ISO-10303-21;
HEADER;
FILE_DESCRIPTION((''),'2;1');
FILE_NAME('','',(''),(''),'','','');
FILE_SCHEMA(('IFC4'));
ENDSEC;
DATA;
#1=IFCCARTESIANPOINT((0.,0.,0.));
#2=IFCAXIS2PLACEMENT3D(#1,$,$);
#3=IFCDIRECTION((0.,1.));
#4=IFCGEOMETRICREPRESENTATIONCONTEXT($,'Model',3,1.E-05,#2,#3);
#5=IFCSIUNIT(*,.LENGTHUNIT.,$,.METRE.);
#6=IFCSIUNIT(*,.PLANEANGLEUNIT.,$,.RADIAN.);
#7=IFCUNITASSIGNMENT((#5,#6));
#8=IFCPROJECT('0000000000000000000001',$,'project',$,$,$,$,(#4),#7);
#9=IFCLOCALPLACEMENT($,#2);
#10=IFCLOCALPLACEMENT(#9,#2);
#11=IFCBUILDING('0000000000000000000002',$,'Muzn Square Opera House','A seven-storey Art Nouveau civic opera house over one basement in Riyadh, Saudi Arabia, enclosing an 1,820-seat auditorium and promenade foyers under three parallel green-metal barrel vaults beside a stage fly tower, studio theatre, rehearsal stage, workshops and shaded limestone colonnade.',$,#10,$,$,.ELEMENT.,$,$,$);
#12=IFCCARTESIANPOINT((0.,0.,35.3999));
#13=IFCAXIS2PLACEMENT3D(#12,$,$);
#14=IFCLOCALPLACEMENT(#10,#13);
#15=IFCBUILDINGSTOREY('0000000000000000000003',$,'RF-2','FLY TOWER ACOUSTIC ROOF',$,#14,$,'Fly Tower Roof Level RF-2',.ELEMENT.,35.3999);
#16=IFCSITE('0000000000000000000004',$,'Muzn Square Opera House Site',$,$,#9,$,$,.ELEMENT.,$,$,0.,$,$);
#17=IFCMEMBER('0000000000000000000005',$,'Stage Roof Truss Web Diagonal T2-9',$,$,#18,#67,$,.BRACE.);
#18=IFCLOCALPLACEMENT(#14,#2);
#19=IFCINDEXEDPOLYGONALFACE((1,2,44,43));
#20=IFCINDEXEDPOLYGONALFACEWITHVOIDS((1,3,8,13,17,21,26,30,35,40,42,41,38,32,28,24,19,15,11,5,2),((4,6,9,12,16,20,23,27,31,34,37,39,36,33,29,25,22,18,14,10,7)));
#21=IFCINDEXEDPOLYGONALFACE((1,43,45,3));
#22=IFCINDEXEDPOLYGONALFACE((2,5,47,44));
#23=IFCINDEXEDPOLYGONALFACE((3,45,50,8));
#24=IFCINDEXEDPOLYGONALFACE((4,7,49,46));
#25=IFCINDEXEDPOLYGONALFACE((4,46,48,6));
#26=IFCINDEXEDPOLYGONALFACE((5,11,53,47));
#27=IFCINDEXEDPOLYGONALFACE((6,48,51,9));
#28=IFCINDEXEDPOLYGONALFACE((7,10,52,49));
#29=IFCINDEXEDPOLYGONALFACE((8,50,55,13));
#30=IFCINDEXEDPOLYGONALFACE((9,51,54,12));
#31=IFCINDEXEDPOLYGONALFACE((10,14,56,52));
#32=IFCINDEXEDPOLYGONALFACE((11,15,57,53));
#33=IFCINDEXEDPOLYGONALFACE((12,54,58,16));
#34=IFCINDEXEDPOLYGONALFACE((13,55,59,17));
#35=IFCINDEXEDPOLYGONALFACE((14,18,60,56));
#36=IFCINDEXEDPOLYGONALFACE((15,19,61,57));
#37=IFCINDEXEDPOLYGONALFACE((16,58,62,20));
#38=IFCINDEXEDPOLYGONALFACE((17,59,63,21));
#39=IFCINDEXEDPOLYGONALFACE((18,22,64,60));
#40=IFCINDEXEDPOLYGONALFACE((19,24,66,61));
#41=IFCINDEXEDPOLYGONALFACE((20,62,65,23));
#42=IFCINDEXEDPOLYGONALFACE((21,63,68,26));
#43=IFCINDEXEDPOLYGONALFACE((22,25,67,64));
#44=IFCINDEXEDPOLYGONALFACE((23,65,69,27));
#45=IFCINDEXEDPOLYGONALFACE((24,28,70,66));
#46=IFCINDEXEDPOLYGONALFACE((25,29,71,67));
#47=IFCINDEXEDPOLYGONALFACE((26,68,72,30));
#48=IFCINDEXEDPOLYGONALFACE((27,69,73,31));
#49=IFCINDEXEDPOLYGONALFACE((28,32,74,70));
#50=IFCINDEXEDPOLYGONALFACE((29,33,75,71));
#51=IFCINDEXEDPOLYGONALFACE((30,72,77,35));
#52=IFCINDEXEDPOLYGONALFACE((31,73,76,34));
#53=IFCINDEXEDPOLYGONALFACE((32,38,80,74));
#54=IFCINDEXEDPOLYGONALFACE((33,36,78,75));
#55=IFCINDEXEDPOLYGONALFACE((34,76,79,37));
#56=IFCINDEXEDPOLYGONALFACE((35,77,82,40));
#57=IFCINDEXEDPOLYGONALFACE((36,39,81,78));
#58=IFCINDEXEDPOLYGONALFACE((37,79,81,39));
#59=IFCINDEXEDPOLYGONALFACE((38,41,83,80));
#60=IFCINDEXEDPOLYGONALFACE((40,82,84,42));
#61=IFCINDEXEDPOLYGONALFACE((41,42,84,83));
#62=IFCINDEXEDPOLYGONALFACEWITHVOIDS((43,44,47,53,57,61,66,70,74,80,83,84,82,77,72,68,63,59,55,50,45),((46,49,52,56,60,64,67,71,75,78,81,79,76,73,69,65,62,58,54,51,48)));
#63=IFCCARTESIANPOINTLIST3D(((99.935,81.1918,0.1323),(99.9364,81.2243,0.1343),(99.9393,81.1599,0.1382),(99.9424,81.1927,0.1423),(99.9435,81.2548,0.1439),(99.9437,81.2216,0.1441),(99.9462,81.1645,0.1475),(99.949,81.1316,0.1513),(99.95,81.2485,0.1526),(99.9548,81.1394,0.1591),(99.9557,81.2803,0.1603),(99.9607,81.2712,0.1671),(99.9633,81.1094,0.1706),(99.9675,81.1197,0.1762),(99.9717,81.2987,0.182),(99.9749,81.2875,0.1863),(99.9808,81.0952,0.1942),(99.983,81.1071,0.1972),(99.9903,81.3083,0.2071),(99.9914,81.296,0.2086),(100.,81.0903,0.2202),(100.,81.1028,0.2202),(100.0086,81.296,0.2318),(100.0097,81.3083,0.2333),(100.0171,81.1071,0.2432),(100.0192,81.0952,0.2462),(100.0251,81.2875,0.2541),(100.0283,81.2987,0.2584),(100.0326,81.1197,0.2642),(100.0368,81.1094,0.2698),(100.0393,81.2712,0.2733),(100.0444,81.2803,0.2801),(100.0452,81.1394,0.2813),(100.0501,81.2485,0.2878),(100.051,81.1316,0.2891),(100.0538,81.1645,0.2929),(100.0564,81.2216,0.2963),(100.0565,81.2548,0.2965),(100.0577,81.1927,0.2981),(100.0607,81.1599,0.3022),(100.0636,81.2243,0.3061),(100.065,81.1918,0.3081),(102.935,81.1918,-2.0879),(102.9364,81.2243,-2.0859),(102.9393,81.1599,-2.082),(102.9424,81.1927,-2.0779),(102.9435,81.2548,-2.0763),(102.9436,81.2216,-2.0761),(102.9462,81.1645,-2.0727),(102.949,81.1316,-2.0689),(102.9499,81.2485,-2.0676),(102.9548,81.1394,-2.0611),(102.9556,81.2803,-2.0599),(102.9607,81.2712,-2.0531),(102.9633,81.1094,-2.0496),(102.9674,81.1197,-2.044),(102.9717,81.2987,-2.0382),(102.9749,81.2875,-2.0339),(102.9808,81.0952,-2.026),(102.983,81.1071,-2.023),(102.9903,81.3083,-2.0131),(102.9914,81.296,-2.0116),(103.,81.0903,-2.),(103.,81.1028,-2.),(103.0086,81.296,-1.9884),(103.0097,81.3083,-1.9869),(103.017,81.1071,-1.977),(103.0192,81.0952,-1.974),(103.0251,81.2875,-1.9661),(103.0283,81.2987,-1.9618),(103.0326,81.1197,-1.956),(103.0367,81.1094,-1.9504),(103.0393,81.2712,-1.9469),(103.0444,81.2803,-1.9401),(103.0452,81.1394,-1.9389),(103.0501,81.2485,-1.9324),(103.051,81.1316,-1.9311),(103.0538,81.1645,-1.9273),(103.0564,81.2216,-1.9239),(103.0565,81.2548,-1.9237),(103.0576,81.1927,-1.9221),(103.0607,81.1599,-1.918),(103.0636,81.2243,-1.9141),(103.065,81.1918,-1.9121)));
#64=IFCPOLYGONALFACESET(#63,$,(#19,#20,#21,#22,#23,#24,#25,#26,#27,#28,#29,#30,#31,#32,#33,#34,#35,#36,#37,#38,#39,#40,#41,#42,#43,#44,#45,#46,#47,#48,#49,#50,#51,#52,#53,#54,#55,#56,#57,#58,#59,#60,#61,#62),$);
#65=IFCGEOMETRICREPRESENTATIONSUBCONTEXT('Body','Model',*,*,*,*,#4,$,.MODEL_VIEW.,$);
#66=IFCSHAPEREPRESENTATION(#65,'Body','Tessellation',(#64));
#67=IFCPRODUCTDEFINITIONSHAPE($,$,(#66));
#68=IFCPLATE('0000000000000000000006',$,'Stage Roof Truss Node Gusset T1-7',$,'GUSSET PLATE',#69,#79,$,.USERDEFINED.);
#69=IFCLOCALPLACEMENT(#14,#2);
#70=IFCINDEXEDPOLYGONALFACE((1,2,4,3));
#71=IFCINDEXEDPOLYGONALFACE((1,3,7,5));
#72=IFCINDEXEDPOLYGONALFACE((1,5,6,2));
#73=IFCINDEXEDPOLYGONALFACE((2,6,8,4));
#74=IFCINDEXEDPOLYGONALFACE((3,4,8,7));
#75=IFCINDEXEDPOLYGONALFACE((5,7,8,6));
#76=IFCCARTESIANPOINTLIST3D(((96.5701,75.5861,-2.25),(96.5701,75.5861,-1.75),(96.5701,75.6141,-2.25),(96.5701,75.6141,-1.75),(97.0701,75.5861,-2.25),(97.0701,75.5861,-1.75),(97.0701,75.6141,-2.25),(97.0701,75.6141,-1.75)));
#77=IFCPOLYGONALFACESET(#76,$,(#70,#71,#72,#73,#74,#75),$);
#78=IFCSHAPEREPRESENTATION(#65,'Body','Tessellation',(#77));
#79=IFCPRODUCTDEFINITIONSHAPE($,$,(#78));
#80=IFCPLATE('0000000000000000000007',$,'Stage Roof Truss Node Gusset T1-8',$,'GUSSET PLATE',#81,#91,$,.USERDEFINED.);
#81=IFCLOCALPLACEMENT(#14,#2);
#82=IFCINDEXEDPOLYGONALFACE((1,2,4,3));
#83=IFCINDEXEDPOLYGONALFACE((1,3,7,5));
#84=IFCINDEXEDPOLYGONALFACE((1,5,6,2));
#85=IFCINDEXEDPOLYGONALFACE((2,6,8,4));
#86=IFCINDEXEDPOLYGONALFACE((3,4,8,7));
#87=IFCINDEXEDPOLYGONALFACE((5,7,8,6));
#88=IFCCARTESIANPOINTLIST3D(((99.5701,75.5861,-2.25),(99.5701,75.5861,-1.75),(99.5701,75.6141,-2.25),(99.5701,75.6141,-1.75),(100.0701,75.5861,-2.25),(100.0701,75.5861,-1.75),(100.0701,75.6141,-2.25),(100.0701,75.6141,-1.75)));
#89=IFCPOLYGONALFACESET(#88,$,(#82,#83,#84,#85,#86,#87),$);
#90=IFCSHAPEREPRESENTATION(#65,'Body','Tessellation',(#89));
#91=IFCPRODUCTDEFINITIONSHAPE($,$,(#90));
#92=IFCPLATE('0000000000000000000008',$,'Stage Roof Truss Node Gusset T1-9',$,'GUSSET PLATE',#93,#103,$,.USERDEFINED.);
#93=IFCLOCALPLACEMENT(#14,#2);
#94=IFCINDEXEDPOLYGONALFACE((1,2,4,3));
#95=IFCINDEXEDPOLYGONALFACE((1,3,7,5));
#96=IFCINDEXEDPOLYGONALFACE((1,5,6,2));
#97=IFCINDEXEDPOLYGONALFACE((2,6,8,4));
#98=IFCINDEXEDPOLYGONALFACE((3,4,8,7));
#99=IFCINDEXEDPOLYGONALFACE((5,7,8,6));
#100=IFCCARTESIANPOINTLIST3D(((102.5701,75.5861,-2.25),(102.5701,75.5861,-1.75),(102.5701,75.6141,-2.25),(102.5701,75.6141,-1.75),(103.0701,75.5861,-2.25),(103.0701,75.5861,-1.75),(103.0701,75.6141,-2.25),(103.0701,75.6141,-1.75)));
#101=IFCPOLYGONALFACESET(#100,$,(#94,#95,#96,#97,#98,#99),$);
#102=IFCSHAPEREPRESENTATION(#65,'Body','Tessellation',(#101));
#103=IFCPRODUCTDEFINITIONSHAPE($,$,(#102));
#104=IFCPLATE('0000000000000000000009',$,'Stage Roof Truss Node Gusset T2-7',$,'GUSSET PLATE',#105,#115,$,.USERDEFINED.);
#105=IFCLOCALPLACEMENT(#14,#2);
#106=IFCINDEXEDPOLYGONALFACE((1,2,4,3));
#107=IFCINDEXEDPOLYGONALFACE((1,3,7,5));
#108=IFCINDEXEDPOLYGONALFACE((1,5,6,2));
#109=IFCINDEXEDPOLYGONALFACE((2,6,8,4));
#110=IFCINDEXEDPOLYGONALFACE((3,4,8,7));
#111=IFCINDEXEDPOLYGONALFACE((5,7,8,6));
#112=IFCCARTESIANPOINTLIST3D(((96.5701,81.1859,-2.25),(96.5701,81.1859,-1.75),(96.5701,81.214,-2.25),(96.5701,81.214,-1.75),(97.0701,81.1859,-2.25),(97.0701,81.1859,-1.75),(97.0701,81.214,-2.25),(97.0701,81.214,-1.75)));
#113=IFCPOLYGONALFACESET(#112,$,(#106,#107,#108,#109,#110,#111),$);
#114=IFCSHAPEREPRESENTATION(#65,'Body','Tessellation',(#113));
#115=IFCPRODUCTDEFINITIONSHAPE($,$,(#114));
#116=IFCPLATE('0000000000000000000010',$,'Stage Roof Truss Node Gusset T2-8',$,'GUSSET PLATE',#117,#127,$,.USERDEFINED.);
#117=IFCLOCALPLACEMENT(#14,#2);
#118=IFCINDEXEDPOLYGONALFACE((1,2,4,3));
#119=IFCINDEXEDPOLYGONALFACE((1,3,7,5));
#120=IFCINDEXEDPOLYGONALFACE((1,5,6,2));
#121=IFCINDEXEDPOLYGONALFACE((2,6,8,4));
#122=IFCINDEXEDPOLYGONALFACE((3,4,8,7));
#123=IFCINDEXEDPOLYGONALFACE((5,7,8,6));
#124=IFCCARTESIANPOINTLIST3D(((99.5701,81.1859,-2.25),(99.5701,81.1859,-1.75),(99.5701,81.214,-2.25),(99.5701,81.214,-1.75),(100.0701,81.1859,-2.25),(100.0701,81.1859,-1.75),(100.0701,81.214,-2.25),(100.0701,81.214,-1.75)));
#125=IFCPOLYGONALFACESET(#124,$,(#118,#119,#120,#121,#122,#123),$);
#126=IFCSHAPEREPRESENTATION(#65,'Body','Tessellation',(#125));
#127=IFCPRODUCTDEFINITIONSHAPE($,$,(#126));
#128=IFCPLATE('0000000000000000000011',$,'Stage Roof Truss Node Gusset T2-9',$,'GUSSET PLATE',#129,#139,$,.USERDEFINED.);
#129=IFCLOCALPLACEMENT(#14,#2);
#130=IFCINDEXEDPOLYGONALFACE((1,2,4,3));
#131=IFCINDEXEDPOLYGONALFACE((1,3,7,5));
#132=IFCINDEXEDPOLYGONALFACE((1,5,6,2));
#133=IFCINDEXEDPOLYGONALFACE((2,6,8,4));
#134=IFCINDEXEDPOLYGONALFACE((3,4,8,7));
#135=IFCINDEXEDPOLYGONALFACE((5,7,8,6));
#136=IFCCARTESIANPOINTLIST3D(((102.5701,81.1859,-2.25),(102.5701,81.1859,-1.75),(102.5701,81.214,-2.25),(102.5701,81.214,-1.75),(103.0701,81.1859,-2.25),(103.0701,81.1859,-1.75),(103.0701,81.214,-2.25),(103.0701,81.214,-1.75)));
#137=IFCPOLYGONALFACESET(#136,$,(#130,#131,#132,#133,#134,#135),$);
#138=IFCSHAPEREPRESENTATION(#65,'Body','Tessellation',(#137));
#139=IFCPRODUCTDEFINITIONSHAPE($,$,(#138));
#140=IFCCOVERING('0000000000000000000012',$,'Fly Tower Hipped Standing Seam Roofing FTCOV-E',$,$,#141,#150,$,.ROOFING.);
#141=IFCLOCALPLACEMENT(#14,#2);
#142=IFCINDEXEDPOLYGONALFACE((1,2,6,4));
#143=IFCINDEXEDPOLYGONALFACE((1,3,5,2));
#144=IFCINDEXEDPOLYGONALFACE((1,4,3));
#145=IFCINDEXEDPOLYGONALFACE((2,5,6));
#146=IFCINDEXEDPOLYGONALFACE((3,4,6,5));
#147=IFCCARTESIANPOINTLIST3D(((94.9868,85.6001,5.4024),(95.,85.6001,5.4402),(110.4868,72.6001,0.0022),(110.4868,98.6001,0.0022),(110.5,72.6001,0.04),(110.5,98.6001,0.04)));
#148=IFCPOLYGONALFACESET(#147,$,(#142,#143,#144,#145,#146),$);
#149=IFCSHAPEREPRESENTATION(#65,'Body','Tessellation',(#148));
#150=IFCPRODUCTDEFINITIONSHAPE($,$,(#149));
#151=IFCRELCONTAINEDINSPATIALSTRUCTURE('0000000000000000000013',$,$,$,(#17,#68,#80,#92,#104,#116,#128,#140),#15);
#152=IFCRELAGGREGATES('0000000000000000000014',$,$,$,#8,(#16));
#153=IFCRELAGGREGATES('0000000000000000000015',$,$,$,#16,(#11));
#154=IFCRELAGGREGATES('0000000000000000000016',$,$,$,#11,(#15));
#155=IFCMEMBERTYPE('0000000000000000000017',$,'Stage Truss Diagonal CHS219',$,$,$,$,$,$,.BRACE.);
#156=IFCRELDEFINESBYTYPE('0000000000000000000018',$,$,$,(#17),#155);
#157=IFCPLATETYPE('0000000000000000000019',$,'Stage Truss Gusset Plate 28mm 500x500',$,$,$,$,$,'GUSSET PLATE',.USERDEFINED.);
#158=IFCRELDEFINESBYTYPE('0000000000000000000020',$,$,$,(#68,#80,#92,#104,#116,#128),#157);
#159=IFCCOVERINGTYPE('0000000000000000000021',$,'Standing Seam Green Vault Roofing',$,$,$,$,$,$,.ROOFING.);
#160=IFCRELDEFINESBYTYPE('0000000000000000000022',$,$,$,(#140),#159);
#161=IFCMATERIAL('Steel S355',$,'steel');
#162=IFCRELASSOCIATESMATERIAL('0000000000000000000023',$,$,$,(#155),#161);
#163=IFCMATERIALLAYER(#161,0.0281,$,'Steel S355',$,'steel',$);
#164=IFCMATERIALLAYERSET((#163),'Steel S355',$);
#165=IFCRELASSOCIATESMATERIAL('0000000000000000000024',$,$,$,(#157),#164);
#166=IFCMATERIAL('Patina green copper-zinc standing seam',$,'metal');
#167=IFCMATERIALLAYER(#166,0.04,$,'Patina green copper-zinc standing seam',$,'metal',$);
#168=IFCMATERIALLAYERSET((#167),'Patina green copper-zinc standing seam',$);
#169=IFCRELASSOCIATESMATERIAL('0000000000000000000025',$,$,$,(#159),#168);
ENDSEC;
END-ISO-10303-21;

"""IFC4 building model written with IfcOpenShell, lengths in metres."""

from ifc_helpers import new_model, si_unit, direction, frame, origin, origin_2d, place, context, subcontext, project, spatial, polyline, rectangle, hollow_circle, outline, extrude, material, layer, layer_set, material_profile, profile_set, type_object, element, save


model = new_model("IFC4")

# Units and contexts
model_context = context("Model", 3, precision=1e-05, world=origin(), true_north=direction((0.0, 1.0)))
body_context = subcontext(model_context, "Body", "Model", "MODEL_VIEW")
ifc_project = project(units=[si_unit("LENGTHUNIT", "METRE"), si_unit("PLANEANGLEUNIT", "RADIAN")], contexts=[model_context])

# Site, building, storey
site_placement = place(None, origin())
site = spatial("IfcSite", under=ifc_project, at=site_placement, Name="Muzn Square Opera House Site", CompositionType="ELEMENT", RefElevation=0.0)
building_placement = place(site_placement, origin())
building = spatial("IfcBuilding", under=site, at=building_placement, Name="Muzn Square Opera House", Description="A seven-storey Art Nouveau civic opera house over one basement in Riyadh, Saudi Arabia, enclosing an 1,820-seat auditorium and promenade foyers under three parallel green-metal barrel vaults beside a stage fly tower, studio theatre, rehearsal stage, workshops and shaded limestone colonnade.", CompositionType="ELEMENT")
storey_placement = place(building_placement, frame((0.0, 0.0, 35.3999)))
storey = spatial("IfcBuildingStorey", under=building, at=storey_placement, Name="RF-2", Description="FLY TOWER ACOUSTIC ROOF", LongName="Fly Tower Roof Level RF-2", CompositionType="ELEMENT", Elevation=35.3999)

# Member
ifc_material_1 = material(Name="Steel S355", Category="steel")
ifc_material_profile_1 = material_profile(ifc_material_1, hollow_circle(Radius=0.1096, WallThickness=0.0125, at=origin_2d()), Name="CHS 219.1x12.5", Category="steel")
ifc_profile_set_1 = profile_set([ifc_material_profile_1], Name="Steel S355")
member_type_1 = type_object("IfcMemberType", Name="Stage Truss Diagonal CHS219", PredefinedType="BRACE", material=ifc_profile_set_1)
member_1_placement = place(storey_placement, frame((103.0, 81.2, -2.0), z_axis=(-0.803814, 0.0, 0.59488), x_axis=(0.0, -1.0, 0.0)))
element("IfcMember", 1, at=member_1_placement, inside=storey, type_object=member_type_1, Name="Stage Roof Truss Web Diagonal T2-9", PredefinedType="BRACE", context=body_context, shape_type="SweptSolid", body=[
    extrude(hollow_circle(Radius=0.1096, WallThickness=0.0125, at=origin_2d()), origin(), (0.0, 0.0, 1.0), 3.7322),
])

# Plates
ifc_layer_1 = layer(ifc_material_1, 0.0281, Name="Steel S355", Category="steel")
ifc_layer_set_1 = layer_set([ifc_layer_1], Name="Steel S355")
plate_type = type_object("IfcPlateType", Name="Stage Truss Gusset Plate 28mm 500x500", ElementType="GUSSET PLATE", PredefinedType="USERDEFINED", material=ifc_layer_set_1)
for number, where, z_axis, x_axis, name in (
    (2, (96.8201, 75.6001, -2.25), (0.0, 0.0, 1.0), (1.0, 0.0, 0.0), "Stage Roof Truss Node Gusset T1-7"),
    (3, (99.8201, 75.6001, -2.25), (0.0, 0.0, 1.0), (1.0, 0.0, 0.0), "Stage Roof Truss Node Gusset T1-8"),
    (4, (102.8201, 75.6001, -2.25), (0.0, 0.0, 1.0), (1.0, 0.0, 0.0), "Stage Roof Truss Node Gusset T1-9"),
    (5, (96.8201, 81.2, -2.25), (0.0, 0.0, 1.0), (1.0, 0.0, 0.0), "Stage Roof Truss Node Gusset T2-7"),
    (6, (99.8201, 81.2, -2.25), (0.0, 0.0, 1.0), (1.0, 0.0, 0.0), "Stage Roof Truss Node Gusset T2-8"),
    (7, (102.8201, 81.2, -2.25), (0.0, 0.0, 1.0), (1.0, 0.0, 0.0), "Stage Roof Truss Node Gusset T2-9"),
):
    element("IfcPlate", number, at=place(storey_placement, frame(where, z_axis=z_axis, x_axis=x_axis)), inside=storey, type_object=plate_type, Name=name, ObjectType="GUSSET PLATE", PredefinedType="USERDEFINED", context=body_context, shape_type="SweptSolid", body=[
        extrude(rectangle(XDim=0.5, YDim=0.0281, at=origin_2d()), origin(), (0.0, 0.0, 1.0), 0.5),
    ])

# Covering
ifc_material_2 = material(Name="Patina green copper-zinc standing seam", Category="metal")
ifc_layer_2 = layer(ifc_material_2, 0.04, Name="Patina green copper-zinc standing seam", Category="metal")
ifc_layer_set_2 = layer_set([ifc_layer_2], Name="Patina green copper-zinc standing seam")
covering_type = type_object("IfcCoveringType", Name="Standing Seam Green Vault Roofing", PredefinedType="ROOFING", material=ifc_layer_set_2)
covering_placement = place(storey_placement, frame((95.0, 85.6001, 5.4402), z_axis=(0.329001, 0.0, 0.94433), x_axis=(0.740271, -0.620872, -0.257908)))
element("IfcCovering", 8, at=covering_placement, inside=storey, type_object=covering_type, Name="Fly Tower Hipped Standing Seam Roofing FTCOV-E", PredefinedType="ROOFING", context=body_context, shape_type="SweptSolid", body=[
    extrude(outline(polyline([(20.9383, 0.0), (4.7956, 20.3817), (0.0, 0.0), (20.9383, 0.0)])), origin(), (0.0, 0.0, -1.0), 0.04),
])

save(model, "model.ifc")
